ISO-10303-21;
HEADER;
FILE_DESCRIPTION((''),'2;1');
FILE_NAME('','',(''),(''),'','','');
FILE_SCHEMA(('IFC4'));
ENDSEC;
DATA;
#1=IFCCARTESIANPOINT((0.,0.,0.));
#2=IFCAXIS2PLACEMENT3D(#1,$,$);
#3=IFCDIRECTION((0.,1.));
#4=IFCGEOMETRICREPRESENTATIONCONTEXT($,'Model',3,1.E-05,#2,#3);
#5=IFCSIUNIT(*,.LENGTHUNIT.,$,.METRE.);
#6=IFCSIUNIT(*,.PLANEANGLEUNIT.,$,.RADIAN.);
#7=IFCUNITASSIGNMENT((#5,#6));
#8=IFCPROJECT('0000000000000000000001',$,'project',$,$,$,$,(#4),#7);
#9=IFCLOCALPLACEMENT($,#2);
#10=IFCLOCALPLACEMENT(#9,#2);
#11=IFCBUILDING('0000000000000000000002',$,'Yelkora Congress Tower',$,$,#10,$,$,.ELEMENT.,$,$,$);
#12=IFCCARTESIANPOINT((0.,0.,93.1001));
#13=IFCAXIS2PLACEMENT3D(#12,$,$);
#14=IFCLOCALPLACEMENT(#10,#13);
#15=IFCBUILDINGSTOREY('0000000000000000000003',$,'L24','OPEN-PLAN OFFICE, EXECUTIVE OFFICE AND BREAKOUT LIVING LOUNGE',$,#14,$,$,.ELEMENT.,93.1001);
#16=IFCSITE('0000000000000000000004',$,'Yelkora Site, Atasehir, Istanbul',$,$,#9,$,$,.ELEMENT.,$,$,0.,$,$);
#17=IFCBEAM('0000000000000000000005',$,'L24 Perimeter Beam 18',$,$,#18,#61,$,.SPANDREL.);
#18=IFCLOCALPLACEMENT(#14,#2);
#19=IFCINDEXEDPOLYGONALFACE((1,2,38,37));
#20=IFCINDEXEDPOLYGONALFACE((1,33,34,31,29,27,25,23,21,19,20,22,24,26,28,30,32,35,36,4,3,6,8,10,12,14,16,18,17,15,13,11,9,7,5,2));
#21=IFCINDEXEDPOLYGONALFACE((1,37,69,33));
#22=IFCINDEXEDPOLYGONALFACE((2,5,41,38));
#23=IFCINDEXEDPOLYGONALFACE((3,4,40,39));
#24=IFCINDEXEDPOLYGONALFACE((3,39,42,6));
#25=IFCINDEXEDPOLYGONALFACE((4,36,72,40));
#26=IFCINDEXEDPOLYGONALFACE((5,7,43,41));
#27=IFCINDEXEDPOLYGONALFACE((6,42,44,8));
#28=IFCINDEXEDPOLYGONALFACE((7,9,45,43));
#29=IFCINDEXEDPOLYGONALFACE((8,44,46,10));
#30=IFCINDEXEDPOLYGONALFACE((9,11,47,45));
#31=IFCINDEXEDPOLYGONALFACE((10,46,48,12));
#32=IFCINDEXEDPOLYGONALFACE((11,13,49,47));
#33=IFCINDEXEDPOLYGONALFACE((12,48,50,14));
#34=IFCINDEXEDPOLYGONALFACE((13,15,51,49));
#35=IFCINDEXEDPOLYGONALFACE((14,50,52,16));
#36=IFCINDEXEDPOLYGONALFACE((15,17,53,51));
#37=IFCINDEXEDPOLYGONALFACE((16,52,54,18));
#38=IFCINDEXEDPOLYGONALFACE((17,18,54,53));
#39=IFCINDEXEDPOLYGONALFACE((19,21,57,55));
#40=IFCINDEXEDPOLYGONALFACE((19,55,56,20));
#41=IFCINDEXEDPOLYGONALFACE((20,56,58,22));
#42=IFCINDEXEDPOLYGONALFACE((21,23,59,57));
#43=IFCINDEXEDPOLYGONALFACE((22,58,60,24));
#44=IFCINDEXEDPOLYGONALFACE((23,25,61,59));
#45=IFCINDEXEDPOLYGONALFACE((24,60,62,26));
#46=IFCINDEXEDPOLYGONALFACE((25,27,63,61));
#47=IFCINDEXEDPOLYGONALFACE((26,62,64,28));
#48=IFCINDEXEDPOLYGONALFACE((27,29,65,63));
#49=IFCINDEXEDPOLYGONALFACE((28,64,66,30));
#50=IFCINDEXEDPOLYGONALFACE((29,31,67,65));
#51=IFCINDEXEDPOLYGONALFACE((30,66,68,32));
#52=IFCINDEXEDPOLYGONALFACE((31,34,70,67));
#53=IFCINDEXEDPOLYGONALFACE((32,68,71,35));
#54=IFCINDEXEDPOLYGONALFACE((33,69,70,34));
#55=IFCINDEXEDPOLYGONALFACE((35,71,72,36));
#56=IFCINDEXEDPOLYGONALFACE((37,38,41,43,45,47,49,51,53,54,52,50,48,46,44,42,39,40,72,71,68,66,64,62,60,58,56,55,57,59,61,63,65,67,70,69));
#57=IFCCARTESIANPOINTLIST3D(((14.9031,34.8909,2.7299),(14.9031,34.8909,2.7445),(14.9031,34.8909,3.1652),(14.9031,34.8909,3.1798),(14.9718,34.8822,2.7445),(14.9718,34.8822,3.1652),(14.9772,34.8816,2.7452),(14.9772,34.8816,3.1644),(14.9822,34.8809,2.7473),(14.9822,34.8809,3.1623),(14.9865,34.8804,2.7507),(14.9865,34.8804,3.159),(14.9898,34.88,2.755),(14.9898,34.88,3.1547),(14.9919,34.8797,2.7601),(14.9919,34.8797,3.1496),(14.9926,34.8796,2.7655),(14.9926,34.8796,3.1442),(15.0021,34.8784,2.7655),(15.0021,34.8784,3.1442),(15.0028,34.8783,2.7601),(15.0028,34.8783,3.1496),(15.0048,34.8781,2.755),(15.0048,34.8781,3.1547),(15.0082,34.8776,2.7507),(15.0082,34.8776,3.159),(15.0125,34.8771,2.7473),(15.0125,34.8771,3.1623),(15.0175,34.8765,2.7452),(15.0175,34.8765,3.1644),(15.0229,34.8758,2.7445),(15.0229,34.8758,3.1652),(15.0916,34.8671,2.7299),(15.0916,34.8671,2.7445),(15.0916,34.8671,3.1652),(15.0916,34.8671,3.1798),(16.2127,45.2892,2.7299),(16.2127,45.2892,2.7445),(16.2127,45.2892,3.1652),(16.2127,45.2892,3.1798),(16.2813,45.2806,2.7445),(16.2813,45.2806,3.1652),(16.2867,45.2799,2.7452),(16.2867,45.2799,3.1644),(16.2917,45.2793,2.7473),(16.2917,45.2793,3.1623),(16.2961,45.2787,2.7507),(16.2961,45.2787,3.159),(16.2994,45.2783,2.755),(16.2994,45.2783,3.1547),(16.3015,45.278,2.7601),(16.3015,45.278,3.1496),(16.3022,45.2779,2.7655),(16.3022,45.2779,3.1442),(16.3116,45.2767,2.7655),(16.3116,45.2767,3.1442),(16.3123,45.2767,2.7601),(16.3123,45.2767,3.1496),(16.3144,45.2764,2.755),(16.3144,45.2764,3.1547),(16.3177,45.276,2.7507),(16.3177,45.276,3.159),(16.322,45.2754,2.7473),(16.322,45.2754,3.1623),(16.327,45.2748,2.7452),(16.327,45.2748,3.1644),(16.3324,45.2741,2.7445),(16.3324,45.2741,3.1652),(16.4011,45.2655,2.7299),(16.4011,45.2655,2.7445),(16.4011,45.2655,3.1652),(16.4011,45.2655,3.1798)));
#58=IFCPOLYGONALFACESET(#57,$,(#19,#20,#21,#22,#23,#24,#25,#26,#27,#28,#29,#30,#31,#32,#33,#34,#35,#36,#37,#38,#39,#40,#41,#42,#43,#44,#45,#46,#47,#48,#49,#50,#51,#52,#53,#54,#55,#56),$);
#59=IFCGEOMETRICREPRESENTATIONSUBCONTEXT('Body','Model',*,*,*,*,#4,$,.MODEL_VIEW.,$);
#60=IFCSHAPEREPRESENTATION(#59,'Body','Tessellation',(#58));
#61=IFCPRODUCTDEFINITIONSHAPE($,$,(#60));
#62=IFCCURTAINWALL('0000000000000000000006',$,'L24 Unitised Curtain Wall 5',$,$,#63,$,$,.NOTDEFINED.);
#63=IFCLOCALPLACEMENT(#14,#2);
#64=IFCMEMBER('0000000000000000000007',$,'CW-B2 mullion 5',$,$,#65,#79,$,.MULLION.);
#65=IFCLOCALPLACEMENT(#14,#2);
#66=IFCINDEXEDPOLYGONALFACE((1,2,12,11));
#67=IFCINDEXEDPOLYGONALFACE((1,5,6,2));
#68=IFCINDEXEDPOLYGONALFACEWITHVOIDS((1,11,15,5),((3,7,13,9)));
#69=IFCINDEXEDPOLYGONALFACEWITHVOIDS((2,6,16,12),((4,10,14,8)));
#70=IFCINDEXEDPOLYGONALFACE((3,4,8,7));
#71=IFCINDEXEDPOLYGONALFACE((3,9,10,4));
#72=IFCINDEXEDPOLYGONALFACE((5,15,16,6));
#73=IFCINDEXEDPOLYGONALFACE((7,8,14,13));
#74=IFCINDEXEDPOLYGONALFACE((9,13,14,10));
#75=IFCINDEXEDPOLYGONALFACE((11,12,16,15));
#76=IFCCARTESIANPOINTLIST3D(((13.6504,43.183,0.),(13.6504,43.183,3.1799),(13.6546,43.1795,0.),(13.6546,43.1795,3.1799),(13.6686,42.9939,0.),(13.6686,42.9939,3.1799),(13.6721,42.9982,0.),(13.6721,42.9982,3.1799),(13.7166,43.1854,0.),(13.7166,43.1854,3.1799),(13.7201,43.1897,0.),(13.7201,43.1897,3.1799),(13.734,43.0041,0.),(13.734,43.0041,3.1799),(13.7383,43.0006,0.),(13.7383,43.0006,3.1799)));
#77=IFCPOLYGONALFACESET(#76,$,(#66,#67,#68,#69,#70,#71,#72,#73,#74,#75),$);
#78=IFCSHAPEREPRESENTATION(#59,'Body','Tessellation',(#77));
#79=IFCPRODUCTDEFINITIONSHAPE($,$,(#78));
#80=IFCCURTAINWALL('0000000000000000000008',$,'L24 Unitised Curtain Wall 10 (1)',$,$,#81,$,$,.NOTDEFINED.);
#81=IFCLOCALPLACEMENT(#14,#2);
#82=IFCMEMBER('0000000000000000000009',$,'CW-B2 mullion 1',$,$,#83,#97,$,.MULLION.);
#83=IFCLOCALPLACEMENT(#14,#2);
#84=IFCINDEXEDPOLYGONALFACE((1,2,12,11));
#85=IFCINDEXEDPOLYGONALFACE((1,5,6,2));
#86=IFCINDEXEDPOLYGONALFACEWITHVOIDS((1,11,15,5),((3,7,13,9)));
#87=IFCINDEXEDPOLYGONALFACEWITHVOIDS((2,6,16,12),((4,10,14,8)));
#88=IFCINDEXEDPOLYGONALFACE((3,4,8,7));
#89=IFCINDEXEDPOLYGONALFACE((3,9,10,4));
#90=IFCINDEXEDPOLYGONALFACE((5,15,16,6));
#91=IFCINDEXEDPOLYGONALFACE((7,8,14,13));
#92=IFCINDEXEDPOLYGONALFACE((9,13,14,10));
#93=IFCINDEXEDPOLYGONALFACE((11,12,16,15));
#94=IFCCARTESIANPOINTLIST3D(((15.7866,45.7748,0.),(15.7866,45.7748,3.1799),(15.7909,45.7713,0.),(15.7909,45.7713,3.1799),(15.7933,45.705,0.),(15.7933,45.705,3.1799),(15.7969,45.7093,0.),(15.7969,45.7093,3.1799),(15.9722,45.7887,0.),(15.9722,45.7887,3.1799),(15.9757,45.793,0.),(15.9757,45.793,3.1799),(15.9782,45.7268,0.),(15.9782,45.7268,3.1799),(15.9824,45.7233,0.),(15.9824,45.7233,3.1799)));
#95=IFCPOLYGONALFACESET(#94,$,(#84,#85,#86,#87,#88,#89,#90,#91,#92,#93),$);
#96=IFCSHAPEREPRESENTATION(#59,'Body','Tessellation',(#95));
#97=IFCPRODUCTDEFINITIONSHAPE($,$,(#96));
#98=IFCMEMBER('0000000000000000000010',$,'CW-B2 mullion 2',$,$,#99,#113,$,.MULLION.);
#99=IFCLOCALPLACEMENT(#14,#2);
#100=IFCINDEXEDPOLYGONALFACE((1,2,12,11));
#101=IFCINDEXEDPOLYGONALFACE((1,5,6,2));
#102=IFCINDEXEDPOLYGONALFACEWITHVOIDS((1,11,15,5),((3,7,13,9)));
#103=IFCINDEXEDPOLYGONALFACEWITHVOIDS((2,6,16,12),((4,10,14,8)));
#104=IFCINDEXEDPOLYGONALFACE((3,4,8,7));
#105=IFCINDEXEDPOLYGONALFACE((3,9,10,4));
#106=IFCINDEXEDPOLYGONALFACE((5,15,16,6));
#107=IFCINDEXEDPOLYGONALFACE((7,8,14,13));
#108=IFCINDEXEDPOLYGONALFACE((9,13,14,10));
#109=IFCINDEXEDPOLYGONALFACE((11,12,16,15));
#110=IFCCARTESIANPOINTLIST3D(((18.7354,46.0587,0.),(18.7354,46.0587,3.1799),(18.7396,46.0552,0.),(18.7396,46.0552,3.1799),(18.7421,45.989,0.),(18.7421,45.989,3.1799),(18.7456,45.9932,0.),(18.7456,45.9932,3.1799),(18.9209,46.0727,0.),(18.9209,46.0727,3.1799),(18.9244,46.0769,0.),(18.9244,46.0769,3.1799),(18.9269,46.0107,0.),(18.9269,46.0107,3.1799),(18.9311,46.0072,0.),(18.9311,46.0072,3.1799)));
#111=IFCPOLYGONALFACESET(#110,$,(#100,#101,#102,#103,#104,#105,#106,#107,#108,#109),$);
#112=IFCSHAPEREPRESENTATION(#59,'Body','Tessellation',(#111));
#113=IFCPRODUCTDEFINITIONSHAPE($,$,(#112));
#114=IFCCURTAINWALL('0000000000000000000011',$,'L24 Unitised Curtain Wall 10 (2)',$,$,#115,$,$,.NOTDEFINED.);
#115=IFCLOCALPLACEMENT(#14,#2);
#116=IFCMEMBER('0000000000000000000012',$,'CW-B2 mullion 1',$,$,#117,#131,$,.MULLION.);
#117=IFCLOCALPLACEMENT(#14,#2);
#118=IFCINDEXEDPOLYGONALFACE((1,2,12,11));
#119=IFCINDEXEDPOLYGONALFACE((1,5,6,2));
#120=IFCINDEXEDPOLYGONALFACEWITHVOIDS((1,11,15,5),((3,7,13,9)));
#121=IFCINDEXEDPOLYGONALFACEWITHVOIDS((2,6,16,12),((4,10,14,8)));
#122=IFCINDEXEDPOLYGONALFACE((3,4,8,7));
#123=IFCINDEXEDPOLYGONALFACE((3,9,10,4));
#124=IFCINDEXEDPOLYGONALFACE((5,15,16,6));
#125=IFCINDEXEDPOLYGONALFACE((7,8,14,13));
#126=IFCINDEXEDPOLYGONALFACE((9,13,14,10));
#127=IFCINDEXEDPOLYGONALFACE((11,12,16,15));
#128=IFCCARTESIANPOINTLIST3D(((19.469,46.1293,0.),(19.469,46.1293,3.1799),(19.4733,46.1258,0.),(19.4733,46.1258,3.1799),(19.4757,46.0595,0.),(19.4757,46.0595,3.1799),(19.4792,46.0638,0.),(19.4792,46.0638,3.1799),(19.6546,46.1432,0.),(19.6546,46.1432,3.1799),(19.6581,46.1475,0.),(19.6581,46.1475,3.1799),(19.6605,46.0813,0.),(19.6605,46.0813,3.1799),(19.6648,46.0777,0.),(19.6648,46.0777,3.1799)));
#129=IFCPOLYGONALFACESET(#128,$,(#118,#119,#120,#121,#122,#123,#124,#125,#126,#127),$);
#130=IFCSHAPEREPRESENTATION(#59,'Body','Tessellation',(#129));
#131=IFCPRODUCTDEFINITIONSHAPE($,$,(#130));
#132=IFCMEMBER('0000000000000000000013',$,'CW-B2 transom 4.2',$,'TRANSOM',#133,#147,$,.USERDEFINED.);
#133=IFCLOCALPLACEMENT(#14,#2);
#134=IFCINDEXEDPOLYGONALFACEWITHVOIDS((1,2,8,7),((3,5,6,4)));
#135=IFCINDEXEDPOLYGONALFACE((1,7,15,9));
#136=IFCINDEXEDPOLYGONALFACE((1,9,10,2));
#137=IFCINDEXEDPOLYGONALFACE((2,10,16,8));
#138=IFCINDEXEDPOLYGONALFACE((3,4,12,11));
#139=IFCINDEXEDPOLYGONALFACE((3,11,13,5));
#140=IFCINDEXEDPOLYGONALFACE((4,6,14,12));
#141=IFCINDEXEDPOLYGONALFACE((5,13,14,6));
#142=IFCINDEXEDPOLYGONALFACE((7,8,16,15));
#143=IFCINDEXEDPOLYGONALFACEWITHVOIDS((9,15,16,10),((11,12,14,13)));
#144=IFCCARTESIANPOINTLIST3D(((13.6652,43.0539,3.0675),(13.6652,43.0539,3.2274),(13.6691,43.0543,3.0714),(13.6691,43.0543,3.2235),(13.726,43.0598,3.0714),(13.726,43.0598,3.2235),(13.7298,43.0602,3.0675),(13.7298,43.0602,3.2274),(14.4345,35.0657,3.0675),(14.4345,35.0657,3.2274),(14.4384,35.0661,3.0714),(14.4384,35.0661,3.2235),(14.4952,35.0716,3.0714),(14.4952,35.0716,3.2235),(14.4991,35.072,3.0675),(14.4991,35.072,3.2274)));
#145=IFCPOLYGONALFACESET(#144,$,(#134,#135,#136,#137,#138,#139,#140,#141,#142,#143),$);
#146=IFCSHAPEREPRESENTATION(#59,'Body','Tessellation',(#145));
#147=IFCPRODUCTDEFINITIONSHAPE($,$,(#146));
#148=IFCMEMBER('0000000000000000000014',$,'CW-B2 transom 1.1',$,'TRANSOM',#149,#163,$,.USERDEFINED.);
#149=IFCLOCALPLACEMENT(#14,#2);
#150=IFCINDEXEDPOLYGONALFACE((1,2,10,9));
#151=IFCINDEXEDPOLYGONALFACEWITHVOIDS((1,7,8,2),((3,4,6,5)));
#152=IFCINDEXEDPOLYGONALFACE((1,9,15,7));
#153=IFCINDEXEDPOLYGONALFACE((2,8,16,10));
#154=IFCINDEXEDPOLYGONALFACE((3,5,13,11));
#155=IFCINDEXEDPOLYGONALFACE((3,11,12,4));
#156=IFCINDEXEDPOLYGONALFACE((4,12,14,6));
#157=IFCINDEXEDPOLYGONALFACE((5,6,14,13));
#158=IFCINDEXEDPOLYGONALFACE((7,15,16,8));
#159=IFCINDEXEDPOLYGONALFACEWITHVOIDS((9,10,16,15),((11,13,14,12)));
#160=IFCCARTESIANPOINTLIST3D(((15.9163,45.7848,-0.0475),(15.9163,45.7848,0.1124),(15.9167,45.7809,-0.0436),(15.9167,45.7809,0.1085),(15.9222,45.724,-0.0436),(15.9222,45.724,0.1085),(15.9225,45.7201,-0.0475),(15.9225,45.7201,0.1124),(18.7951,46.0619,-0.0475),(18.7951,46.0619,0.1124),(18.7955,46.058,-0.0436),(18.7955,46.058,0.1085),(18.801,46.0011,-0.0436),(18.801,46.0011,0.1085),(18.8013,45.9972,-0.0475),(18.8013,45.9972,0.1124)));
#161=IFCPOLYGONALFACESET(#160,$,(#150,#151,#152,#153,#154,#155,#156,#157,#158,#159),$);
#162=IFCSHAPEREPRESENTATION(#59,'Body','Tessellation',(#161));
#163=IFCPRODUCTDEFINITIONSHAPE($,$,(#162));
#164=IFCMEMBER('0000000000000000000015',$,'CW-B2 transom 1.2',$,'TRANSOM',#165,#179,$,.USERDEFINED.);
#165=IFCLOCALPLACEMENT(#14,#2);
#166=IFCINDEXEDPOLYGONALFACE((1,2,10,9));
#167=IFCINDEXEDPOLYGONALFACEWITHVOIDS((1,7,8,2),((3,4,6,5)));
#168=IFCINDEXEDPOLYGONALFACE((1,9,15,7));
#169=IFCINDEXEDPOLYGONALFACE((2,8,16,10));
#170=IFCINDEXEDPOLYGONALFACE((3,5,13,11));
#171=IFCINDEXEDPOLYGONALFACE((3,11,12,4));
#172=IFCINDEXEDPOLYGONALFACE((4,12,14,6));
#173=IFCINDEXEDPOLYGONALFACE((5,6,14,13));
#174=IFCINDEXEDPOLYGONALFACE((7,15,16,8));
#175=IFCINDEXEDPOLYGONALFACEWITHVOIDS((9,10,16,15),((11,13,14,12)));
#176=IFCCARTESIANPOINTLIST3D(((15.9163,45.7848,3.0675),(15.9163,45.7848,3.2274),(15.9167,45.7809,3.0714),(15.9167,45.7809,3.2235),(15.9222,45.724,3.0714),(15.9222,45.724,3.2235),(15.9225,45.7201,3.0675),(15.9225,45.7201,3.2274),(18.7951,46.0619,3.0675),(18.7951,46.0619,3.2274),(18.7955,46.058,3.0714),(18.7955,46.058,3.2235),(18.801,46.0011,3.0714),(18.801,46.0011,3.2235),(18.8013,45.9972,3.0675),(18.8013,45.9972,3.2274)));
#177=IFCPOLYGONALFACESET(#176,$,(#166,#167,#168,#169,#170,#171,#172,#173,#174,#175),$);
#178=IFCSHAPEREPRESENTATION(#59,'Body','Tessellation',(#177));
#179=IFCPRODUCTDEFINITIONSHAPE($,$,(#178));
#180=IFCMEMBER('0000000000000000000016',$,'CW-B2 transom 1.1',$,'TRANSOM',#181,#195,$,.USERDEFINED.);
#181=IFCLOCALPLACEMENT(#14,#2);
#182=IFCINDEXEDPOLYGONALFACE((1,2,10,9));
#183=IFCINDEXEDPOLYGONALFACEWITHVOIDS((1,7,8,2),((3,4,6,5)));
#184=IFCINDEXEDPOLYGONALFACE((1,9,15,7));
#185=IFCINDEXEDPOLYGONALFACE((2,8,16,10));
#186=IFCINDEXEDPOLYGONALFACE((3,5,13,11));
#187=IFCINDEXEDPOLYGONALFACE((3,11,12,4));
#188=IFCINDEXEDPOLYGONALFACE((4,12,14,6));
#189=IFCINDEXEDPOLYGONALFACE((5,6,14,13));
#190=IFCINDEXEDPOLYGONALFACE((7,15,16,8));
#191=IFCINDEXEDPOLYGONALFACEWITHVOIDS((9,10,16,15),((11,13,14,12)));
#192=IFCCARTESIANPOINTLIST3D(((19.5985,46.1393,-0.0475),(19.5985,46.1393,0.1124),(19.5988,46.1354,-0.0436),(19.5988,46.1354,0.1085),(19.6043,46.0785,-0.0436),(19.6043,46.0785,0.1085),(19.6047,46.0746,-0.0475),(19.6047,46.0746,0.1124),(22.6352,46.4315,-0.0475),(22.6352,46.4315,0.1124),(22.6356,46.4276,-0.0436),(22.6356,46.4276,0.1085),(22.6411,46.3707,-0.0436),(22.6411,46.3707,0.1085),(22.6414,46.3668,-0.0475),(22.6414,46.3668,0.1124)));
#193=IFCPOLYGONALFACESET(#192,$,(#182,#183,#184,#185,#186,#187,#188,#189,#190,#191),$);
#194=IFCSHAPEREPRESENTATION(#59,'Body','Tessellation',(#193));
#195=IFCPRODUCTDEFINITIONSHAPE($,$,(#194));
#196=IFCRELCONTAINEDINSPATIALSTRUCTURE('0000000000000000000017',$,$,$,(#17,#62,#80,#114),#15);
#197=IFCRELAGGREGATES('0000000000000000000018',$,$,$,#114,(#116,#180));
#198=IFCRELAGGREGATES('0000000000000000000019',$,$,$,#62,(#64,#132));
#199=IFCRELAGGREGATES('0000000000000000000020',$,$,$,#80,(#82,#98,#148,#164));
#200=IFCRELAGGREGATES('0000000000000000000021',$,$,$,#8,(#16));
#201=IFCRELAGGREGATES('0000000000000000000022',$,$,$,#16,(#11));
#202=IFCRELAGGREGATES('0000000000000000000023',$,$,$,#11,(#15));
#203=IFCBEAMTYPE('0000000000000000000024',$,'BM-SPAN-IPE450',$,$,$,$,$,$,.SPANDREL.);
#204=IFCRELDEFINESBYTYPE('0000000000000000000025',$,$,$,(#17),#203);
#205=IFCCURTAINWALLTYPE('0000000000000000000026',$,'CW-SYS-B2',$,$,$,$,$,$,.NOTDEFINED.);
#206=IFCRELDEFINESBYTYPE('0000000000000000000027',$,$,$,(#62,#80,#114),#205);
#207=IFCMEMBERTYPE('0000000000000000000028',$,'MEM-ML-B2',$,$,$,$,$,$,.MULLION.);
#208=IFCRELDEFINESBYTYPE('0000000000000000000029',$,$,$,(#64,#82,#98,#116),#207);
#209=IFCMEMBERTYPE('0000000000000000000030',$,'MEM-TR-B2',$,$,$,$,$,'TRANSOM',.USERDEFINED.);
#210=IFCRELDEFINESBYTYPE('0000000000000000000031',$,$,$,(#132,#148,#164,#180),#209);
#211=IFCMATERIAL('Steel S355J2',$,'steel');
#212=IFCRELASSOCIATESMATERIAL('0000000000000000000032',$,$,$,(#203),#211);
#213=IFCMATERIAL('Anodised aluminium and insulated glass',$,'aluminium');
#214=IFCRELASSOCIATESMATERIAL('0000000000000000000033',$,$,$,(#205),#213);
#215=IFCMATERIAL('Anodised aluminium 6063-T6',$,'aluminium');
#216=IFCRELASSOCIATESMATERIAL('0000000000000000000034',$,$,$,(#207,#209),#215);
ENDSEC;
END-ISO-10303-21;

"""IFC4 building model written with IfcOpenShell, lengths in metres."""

from ifc_helpers import new_model, si_unit, direction, frame, origin, origin_2d, place, context, subcontext, project, spatial, hollow_rectangle, i_section, extrude, material, material_profile, profile_set, type_object, element, aggregate, save


model = new_model("IFC4")

# Units and contexts
model_context = context("Model", 3, precision=1e-05, world=origin(), true_north=direction((0.0, 1.0)))
body_context = subcontext(model_context, "Body", "Model", "MODEL_VIEW")
ifc_project = project(units=[si_unit("LENGTHUNIT", "METRE"), si_unit("PLANEANGLEUNIT", "RADIAN")], contexts=[model_context])

# Site, building, storey
site_placement = place(None, origin())
site = spatial("IfcSite", under=ifc_project, at=site_placement, Name="Yelkora Site, Atasehir, Istanbul", CompositionType="ELEMENT", RefElevation=0.0)
building_placement = place(site_placement, origin())
building = spatial("IfcBuilding", under=site, at=building_placement, Name="Yelkora Congress Tower", CompositionType="ELEMENT")
storey_placement = place(building_placement, frame((0.0, 0.0, 93.1001)))
storey = spatial("IfcBuildingStorey", under=building, at=storey_placement, Name="L24", Description="OPEN-PLAN OFFICE, EXECUTIVE OFFICE AND BREAKOUT LIVING LOUNGE", CompositionType="ELEMENT", Elevation=93.1001)

# Beam
ifc_material_1 = material(Name="Steel S355J2", Category="steel")
ifc_material_profile_1 = material_profile(ifc_material_1, i_section(OverallWidth=0.1899, OverallDepth=0.45, WebThickness=0.0095, FlangeThickness=0.0146, FilletRadius=0.021, at=origin_2d()), Name="IPE 450")
ifc_profile_set_1 = profile_set([ifc_material_profile_1], Name="Steel S355J2")
beam_type_1 = type_object("IfcBeamType", Name="BM-SPAN-IPE450", PredefinedType="SPANDREL", material=ifc_profile_set_1)
beam_1_placement = place(storey_placement, frame((16.3069, 45.2773, 2.9548), z_axis=(-0.124952, -0.992163, 0.0), x_axis=(0.992163, -0.124952, 0.0)))
element("IfcBeam", 1, at=beam_1_placement, inside=storey, type_object=beam_type_1, Name="L24 Perimeter Beam 18", PredefinedType="SPANDREL", context=body_context, shape_type="SweptSolid", body=[
    extrude(i_section(OverallWidth=0.1899, OverallDepth=0.45, WebThickness=0.0095, FlangeThickness=0.0146, FilletRadius=0.021, at=origin_2d()), origin(), (0.0, 0.0, 1.0), 10.4805),
])

# Curtain wall, member
ifc_material_2 = material(Name="Anodised aluminium and insulated glass", Category="aluminium")
curtain_wall_type = type_object("IfcCurtainWallType", Name="CW-SYS-B2", PredefinedType="NOTDEFINED", material=ifc_material_2)
curtain_wall_1_placement = place(storey_placement, origin())
curtain_wall_1 = element("IfcCurtainWall", 2, at=curtain_wall_1_placement, inside=storey, type_object=curtain_wall_type, Name="L24 Unitised Curtain Wall 5", PredefinedType="NOTDEFINED")
ifc_material_3 = material(Name="Anodised aluminium 6063-T6", Category="aluminium")
ifc_material_profile_2 = material_profile(ifc_material_3, hollow_rectangle(XDim=0.0701, YDim=0.1899, WallThickness=0.0039, at=origin_2d()), Name="ALU 70x190x4")
ifc_profile_set_2 = profile_set([ifc_material_profile_2], Name="Anodised aluminium 6063-T6")
member_type_1 = type_object("IfcMemberType", Name="MEM-ML-B2", PredefinedType="MULLION", material=ifc_profile_set_2)
member_1_placement = place(storey_placement, frame((13.6943, 43.0918, 0.0), z_axis=(0.0, 0.0, 1.0), x_axis=(-0.995397, -0.095843, 0.0)))
member_1 = element("IfcMember", 3, at=member_1_placement, type_object=member_type_1, Name="CW-B2 mullion 5", PredefinedType="MULLION", context=body_context, shape_type="SweptSolid", body=[
    extrude(hollow_rectangle(XDim=0.0701, YDim=0.1899, WallThickness=0.0039, at=origin_2d()), origin(), (0.0, 0.0, 1.0), 3.1799),
])

# Curtain wall, members
curtain_wall_2_placement = place(storey_placement, origin())
curtain_wall_2 = element("IfcCurtainWall", 4, at=curtain_wall_2_placement, inside=storey, type_object=curtain_wall_type, Name="L24 Unitised Curtain Wall 10 (1)", PredefinedType="NOTDEFINED")
member_2_placement = place(storey_placement, frame((15.8845, 45.749, 0.0), z_axis=(0.0, 0.0, 1.0), x_axis=(-0.095839, 0.995397, 0.0)))
member_2 = element("IfcMember", 5, at=member_2_placement, type_object=member_type_1, Name="CW-B2 mullion 1", PredefinedType="MULLION", context=body_context, shape_type="SweptSolid", body=[
    extrude(hollow_rectangle(XDim=0.0701, YDim=0.1899, WallThickness=0.0039, at=origin_2d()), origin(), (0.0, 0.0, 1.0), 3.1799),
])
member_3_placement = place(storey_placement, frame((18.8333, 46.033, 0.0), z_axis=(0.0, 0.0, 1.0), x_axis=(-0.095839, 0.995397, 0.0)))
member_3 = element("IfcMember", 6, at=member_3_placement, type_object=member_type_1, Name="CW-B2 mullion 2", PredefinedType="MULLION", context=body_context, shape_type="SweptSolid", body=[
    extrude(hollow_rectangle(XDim=0.0701, YDim=0.1899, WallThickness=0.0039, at=origin_2d()), origin(), (0.0, 0.0, 1.0), 3.1799),
])

# Curtain wall, member
curtain_wall_3_placement = place(storey_placement, origin())
curtain_wall_3 = element("IfcCurtainWall", 7, at=curtain_wall_3_placement, inside=storey, type_object=curtain_wall_type, Name="L24 Unitised Curtain Wall 10 (2)", PredefinedType="NOTDEFINED")
member_4_placement = place(storey_placement, frame((19.5669, 46.1035, 0.0), z_axis=(0.0, 0.0, 1.0), x_axis=(-0.095841, 0.995397, 0.0)))
member_4 = element("IfcMember", 8, at=member_4_placement, type_object=member_type_1, Name="CW-B2 mullion 1", PredefinedType="MULLION", context=body_context, shape_type="SweptSolid", body=[
    extrude(hollow_rectangle(XDim=0.0701, YDim=0.1899, WallThickness=0.0039, at=origin_2d()), origin(), (0.0, 0.0, 1.0), 3.1799),
])

# Members
ifc_material_profile_3 = material_profile(ifc_material_3, hollow_rectangle(XDim=0.0649, YDim=0.1599, WallThickness=0.0039, at=origin_2d()), Name="ALU 65x160x4")
ifc_profile_set_3 = profile_set([ifc_material_profile_3], Name="Anodised aluminium 6063-T6")
member_type_2 = type_object("IfcMemberType", Name="MEM-TR-B2", ElementType="TRANSOM", PredefinedType="USERDEFINED", material=ifc_profile_set_3)
member_5_placement = place(storey_placement, frame((14.4668, 35.0688, 3.1475), z_axis=(-0.095858, 0.995395, 0.0), x_axis=(-0.995395, -0.095858, 0.0)))
member_5 = element("IfcMember", 9, at=member_5_placement, type_object=member_type_2, Name="CW-B2 transom 4.2", ObjectType="TRANSOM", PredefinedType="USERDEFINED", context=body_context, shape_type="SweptSolid", body=[
    extrude(hollow_rectangle(XDim=0.0649, YDim=0.1599, WallThickness=0.0039, at=origin_2d()), origin(), (0.0, 0.0, 1.0), 8.0251),
])
member_6_placement = place(storey_placement, frame((15.9194, 45.7524, 0.0325), z_axis=(0.9954, 0.095809, 0.0), x_axis=(-0.095809, 0.9954, 0.0)))
member_6 = element("IfcMember", 10, at=member_6_placement, type_object=member_type_2, Name="CW-B2 transom 1.1", ObjectType="TRANSOM", PredefinedType="USERDEFINED", context=body_context, shape_type="SweptSolid", body=[
    extrude(hollow_rectangle(XDim=0.0649, YDim=0.1599, WallThickness=0.0039, at=origin_2d()), origin(), (0.0, 0.0, 1.0), 2.8921),
])
member_7_placement = place(storey_placement, frame((15.9194, 45.7524, 3.1475), z_axis=(0.9954, 0.095809, 0.0), x_axis=(-0.095809, 0.9954, 0.0)))
member_7 = element("IfcMember", 11, at=member_7_placement, type_object=member_type_2, Name="CW-B2 transom 1.2", ObjectType="TRANSOM", PredefinedType="USERDEFINED", context=body_context, shape_type="SweptSolid", body=[
    extrude(hollow_rectangle(XDim=0.0649, YDim=0.1599, WallThickness=0.0039, at=origin_2d()), origin(), (0.0, 0.0, 1.0), 2.8921),
])
member_8_placement = place(storey_placement, frame((19.6016, 46.1069, 0.0325), z_axis=(0.995402, 0.095787, 0.0), x_axis=(-0.095787, 0.995402, 0.0)))
member_8 = element("IfcMember", 12, at=member_8_placement, type_object=member_type_2, Name="CW-B2 transom 1.1", ObjectType="TRANSOM", PredefinedType="USERDEFINED", context=body_context, shape_type="SweptSolid", body=[
    extrude(hollow_rectangle(XDim=0.0649, YDim=0.1599, WallThickness=0.0039, at=origin_2d()), origin(), (0.0, 0.0, 1.0), 3.0508),
])
aggregate(curtain_wall_3, [member_4, member_8])

aggregate(curtain_wall_1, [member_1, member_5])
aggregate(curtain_wall_2, [member_2, member_3, member_6, member_7])

save(model, "model.ifc")
